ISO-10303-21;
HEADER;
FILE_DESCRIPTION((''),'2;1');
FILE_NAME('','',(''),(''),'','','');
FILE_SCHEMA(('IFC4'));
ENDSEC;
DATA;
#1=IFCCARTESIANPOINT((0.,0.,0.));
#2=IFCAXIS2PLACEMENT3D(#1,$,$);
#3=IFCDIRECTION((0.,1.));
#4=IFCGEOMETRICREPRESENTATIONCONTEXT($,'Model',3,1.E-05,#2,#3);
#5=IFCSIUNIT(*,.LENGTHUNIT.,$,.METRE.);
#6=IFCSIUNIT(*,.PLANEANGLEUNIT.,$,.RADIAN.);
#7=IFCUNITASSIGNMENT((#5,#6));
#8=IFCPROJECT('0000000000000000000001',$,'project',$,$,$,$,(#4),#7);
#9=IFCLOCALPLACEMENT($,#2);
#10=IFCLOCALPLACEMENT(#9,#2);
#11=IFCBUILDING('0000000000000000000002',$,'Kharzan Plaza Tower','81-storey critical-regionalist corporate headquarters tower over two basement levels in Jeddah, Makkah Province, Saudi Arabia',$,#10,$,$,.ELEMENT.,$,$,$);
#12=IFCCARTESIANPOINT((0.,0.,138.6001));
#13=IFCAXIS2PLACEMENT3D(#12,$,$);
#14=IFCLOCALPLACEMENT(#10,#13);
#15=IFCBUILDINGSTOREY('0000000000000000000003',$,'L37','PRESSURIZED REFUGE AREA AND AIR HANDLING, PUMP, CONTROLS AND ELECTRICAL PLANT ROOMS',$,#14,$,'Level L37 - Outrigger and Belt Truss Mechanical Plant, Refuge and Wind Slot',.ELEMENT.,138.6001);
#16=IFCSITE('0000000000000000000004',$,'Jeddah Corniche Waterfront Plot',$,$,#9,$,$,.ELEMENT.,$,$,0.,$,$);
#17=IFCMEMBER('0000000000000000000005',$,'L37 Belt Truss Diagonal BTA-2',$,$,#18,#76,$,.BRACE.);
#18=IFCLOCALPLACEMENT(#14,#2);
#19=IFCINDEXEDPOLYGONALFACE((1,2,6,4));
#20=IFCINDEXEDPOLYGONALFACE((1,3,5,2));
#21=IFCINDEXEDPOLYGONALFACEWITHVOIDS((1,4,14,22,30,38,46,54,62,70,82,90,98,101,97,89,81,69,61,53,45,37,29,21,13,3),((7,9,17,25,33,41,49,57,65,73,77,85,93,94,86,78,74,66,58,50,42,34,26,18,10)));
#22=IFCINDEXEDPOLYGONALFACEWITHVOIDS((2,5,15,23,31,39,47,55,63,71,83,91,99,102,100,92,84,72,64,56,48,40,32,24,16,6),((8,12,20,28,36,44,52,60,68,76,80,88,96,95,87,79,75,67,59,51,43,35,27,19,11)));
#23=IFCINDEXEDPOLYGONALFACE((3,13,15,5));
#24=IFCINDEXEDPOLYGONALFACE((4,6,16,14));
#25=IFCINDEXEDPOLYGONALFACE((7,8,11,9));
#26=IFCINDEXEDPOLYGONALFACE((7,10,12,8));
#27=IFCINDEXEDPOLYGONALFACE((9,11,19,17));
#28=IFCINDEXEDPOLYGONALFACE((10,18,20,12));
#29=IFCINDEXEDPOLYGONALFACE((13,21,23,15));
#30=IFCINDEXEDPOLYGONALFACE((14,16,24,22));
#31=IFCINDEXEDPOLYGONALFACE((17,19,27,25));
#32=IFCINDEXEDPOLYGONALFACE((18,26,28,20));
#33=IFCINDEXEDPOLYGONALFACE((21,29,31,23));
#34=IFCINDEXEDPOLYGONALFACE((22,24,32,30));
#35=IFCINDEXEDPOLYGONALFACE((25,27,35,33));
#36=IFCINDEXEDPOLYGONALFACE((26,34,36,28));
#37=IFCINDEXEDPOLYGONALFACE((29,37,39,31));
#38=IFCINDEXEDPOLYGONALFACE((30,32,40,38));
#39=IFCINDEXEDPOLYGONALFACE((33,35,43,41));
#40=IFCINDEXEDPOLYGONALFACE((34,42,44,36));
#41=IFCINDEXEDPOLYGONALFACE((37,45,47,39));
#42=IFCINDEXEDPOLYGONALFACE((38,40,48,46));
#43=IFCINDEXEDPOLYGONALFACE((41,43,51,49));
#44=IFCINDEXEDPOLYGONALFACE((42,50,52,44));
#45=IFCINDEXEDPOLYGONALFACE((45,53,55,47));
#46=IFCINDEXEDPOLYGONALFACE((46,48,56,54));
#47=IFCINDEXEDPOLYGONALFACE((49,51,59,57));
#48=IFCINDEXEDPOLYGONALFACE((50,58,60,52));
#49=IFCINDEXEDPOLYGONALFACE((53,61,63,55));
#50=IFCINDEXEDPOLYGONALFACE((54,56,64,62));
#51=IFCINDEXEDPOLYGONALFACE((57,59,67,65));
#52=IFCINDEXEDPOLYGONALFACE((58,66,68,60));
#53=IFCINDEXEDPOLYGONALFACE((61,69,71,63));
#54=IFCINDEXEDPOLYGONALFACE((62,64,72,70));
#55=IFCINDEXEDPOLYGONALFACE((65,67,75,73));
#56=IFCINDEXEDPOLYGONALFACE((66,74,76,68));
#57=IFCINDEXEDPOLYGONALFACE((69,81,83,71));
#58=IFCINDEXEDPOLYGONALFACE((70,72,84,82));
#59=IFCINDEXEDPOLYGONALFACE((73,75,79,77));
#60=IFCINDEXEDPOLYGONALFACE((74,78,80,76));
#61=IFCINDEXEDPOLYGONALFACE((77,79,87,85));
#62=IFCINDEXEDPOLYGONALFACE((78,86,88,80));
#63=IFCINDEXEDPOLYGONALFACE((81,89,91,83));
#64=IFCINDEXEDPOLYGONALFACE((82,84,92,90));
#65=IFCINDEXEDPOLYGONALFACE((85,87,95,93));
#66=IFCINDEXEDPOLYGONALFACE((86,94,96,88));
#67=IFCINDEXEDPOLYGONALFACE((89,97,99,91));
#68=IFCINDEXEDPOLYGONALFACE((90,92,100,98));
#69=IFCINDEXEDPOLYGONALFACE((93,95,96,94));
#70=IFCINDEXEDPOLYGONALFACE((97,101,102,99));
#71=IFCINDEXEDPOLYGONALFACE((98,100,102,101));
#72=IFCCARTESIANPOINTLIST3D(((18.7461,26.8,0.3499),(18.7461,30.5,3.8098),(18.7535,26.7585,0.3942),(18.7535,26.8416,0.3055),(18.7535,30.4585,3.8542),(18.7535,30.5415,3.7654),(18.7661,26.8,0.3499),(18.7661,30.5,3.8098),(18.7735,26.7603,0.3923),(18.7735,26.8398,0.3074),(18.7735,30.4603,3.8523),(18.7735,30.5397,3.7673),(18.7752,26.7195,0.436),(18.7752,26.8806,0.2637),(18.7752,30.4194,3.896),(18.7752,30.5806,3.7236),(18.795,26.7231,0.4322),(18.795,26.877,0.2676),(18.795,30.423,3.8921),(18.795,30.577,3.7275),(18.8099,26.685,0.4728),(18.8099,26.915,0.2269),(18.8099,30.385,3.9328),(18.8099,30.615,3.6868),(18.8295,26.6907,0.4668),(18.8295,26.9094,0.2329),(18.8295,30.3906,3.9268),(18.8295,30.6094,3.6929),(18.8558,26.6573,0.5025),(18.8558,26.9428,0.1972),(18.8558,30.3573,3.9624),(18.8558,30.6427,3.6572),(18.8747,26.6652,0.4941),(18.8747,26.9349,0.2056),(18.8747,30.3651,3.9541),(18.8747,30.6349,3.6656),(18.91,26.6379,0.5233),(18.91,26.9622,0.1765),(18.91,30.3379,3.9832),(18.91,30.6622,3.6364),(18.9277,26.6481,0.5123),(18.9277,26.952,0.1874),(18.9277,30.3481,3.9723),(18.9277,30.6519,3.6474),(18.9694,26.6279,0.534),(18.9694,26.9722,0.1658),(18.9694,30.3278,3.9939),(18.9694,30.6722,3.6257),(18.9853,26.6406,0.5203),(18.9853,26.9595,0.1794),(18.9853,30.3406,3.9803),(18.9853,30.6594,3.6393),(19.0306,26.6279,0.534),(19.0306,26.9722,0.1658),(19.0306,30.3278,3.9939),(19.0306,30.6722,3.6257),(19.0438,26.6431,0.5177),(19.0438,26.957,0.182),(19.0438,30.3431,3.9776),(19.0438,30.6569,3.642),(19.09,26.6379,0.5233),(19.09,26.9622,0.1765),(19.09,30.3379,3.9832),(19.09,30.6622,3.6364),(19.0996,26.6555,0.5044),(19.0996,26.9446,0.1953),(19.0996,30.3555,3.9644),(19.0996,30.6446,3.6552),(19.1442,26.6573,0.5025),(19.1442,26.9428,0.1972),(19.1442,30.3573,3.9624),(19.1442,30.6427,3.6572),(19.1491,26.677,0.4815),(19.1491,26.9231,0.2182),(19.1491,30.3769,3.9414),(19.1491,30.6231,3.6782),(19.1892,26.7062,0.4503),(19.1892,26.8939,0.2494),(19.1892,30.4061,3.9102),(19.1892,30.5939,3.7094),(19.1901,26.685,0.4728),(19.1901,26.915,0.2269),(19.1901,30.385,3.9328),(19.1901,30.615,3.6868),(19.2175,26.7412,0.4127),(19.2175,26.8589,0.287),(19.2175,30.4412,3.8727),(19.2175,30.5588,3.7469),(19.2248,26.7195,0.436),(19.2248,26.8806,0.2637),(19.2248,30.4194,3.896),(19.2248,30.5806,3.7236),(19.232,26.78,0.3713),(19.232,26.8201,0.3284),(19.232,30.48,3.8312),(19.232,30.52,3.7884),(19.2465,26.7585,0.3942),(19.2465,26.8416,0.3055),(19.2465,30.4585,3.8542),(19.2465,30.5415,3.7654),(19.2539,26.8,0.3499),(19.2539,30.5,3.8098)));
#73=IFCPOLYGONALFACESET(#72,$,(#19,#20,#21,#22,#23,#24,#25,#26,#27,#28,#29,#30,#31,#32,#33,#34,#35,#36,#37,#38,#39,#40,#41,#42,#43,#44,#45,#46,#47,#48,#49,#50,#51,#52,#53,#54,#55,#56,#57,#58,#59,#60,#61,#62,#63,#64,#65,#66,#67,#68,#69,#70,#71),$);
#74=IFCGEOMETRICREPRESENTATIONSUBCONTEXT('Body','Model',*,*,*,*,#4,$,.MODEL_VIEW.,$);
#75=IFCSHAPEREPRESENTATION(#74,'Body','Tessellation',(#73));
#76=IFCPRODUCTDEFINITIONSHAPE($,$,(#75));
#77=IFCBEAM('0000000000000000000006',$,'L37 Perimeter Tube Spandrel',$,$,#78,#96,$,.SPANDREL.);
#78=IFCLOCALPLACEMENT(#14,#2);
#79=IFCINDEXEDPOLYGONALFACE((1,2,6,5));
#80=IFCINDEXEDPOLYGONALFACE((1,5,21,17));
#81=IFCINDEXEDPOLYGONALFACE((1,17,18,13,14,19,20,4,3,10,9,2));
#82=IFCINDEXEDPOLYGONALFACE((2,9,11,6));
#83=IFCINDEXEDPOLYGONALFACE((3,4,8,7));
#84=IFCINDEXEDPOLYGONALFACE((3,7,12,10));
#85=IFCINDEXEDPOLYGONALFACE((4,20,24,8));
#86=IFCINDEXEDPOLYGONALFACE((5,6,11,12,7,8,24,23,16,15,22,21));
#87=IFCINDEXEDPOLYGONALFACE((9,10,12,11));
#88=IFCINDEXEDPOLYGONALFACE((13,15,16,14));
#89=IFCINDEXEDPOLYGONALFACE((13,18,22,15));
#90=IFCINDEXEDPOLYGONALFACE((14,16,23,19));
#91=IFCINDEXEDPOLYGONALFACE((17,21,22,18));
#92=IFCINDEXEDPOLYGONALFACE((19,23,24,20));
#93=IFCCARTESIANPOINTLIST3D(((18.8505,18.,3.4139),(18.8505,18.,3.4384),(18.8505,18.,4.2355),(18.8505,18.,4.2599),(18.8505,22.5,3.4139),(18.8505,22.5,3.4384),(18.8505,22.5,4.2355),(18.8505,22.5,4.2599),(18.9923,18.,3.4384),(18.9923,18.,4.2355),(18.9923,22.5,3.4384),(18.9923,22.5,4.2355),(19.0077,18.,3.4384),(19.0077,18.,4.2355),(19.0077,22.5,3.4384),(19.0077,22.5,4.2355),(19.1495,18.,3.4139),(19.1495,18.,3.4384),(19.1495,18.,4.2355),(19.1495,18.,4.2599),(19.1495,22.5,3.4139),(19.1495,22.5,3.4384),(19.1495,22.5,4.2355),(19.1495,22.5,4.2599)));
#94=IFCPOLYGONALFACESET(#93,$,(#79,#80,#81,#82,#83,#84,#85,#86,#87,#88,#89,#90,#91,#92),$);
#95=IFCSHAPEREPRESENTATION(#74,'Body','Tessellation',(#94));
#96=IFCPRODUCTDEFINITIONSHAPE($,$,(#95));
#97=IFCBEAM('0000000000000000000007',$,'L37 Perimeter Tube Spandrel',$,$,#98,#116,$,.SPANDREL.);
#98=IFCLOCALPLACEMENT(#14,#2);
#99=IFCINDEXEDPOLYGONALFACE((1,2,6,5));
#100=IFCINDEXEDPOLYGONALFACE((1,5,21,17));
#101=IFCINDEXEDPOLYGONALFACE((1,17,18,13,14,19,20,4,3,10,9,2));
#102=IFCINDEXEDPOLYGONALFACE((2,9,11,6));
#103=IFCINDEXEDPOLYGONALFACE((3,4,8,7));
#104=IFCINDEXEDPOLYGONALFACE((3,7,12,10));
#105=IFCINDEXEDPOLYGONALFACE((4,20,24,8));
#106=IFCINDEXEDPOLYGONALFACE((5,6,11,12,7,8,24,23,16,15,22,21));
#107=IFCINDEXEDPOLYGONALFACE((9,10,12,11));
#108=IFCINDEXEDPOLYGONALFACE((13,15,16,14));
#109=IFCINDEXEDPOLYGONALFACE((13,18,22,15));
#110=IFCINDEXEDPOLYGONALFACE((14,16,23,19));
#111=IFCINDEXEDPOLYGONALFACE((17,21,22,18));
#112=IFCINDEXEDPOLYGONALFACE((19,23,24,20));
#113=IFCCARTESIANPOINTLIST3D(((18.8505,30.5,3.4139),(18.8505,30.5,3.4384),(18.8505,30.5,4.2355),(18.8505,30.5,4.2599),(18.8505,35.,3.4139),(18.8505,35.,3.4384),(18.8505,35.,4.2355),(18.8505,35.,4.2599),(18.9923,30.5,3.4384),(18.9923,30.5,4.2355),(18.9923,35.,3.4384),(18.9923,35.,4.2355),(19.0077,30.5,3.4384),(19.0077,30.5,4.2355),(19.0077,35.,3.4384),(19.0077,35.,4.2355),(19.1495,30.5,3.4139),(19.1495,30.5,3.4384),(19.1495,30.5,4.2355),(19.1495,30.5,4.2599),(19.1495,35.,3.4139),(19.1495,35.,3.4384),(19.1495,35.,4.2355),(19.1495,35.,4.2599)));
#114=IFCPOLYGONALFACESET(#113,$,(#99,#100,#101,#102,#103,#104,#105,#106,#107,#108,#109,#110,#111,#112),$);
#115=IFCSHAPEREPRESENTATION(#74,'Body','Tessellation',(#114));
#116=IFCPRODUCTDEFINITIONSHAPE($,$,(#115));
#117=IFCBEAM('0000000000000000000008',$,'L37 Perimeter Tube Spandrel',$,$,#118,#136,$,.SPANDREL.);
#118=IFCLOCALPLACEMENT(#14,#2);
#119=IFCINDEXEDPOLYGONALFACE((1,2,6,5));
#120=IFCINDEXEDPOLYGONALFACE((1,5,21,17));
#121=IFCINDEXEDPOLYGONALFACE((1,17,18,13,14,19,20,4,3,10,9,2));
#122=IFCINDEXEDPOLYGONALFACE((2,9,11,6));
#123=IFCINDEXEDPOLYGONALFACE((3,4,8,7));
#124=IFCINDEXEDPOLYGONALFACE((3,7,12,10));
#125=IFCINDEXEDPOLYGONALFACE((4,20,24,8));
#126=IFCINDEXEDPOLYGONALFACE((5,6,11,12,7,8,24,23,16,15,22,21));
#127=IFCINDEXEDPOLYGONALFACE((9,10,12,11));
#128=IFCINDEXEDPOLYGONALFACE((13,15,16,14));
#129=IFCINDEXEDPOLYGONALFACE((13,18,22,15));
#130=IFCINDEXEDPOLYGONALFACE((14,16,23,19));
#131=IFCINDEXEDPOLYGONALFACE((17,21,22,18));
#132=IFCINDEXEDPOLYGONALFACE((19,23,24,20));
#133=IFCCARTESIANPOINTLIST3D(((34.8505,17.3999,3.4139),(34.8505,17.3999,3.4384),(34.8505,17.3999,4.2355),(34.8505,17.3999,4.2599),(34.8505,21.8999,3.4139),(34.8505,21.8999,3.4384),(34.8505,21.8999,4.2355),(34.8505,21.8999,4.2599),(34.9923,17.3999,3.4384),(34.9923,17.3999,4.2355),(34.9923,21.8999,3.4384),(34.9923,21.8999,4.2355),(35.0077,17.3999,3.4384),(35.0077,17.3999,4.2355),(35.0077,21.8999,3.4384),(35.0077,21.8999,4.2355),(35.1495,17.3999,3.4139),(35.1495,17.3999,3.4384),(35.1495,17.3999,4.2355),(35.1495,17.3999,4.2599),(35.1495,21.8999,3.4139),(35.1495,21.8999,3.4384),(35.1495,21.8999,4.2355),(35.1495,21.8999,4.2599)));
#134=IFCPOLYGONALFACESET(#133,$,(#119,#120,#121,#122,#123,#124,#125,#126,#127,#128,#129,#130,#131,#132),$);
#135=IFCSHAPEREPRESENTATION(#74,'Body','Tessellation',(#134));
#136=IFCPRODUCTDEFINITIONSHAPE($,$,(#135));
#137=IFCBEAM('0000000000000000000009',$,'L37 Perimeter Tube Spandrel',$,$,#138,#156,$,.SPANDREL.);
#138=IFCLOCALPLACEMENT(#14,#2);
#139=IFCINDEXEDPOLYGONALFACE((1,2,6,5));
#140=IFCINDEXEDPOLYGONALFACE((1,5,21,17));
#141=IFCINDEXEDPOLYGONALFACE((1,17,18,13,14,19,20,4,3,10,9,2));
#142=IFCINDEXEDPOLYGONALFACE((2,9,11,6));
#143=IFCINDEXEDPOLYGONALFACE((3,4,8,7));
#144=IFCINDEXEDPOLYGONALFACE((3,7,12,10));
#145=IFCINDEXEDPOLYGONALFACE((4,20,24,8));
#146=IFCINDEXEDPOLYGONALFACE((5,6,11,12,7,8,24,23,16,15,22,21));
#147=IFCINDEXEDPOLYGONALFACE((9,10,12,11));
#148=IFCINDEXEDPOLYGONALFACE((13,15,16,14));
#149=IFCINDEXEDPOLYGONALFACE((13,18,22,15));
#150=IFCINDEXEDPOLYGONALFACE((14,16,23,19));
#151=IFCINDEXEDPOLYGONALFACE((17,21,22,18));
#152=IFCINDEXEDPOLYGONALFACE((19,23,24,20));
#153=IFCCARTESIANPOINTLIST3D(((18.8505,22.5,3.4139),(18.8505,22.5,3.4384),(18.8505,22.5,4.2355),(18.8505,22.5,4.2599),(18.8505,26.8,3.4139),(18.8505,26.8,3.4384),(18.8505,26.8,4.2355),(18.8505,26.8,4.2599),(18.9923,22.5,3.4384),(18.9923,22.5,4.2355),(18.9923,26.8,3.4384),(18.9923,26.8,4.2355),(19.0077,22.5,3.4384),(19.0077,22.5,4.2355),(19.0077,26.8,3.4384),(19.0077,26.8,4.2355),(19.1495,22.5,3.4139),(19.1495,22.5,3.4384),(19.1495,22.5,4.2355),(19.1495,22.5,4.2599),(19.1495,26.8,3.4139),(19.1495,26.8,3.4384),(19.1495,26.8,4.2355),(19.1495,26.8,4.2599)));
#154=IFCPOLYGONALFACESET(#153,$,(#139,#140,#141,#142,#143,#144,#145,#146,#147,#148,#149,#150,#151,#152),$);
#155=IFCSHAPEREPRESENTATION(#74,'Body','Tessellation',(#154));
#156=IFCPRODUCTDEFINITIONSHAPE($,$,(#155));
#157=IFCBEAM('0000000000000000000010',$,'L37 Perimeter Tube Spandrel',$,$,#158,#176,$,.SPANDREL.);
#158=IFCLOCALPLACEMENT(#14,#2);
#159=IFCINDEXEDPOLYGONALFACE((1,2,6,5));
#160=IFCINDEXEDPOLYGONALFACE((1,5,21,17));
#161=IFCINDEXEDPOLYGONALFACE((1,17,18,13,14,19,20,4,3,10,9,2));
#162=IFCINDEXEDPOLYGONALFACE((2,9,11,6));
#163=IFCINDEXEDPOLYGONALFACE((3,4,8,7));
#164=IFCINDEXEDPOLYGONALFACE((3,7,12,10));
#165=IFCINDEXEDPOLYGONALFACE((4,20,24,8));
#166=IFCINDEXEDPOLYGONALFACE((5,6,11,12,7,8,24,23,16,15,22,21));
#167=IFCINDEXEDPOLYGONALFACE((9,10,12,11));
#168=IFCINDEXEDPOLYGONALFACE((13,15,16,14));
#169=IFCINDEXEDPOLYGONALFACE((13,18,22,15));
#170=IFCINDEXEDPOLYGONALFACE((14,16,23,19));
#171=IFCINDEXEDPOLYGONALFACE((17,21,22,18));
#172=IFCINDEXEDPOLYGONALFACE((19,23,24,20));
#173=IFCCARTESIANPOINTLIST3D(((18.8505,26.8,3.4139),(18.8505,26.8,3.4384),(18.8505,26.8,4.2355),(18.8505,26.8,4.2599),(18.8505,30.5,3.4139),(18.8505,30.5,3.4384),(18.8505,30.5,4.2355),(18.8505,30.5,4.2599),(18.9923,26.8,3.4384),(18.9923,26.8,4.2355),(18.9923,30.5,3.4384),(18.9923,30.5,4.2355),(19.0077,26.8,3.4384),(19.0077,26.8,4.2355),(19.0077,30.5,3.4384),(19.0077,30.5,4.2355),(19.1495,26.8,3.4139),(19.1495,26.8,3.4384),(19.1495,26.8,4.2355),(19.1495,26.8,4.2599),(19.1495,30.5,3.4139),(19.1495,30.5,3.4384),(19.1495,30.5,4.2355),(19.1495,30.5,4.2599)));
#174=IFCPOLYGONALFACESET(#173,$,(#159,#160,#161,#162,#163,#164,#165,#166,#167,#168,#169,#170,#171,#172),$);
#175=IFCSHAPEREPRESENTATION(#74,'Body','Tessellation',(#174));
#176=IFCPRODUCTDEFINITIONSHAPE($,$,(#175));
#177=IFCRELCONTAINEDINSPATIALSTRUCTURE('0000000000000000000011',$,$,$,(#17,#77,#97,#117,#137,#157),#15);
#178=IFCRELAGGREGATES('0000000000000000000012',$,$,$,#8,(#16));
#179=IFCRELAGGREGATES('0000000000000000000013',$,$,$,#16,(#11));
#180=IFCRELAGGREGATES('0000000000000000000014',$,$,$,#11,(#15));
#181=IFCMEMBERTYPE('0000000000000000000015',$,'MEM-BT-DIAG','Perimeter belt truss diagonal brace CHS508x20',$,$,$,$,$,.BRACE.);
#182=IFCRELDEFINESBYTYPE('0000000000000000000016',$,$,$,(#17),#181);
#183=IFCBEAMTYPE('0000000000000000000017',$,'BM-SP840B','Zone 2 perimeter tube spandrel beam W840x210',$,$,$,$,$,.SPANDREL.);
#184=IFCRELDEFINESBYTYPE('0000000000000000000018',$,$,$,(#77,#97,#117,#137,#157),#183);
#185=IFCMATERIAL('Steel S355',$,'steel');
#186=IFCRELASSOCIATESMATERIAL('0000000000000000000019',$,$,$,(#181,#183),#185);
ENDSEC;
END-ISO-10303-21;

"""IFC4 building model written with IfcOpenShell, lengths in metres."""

from ifc_helpers import new_model, si_unit, direction, frame, origin, origin_2d, place, context, subcontext, project, spatial, hollow_circle, i_section, extrude, source, transform, mapped, material, material_profile, profile_set, type_object, element, save


model = new_model("IFC4")

# Units and contexts
model_context = context("Model", 3, precision=1e-05, world=origin(), true_north=direction((0.0, 1.0)))
body_context = subcontext(model_context, "Body", "Model", "MODEL_VIEW")
ifc_project = project(units=[si_unit("LENGTHUNIT", "METRE"), si_unit("PLANEANGLEUNIT", "RADIAN")], contexts=[model_context])

# Site, building, storey
site_placement = place(None, origin())
site = spatial("IfcSite", under=ifc_project, at=site_placement, Name="Jeddah Corniche Waterfront Plot", CompositionType="ELEMENT", RefElevation=0.0)
building_placement = place(site_placement, origin())
building = spatial("IfcBuilding", under=site, at=building_placement, Name="Kharzan Plaza Tower", Description="81-storey critical-regionalist corporate headquarters tower over two basement levels in Jeddah, Makkah Province, Saudi Arabia", CompositionType="ELEMENT")
storey_placement = place(building_placement, frame((0.0, 0.0, 138.6001)))
storey = spatial("IfcBuildingStorey", under=building, at=storey_placement, Name="L37", Description="PRESSURIZED REFUGE AREA AND AIR HANDLING, PUMP, CONTROLS AND ELECTRICAL PLANT ROOMS", LongName="Level L37 - Outrigger and Belt Truss Mechanical Plant, Refuge and Wind Slot", CompositionType="ELEMENT", Elevation=138.6001)

# Shared definitions
ifc_material_1 = material(Name="Steel S355", Category="steel")

# Member
ifc_material_profile_1 = material_profile(ifc_material_1, hollow_circle(Radius=0.2539, WallThickness=0.02, at=origin_2d()), Name="CHS508x20")
ifc_profile_set_1 = profile_set([ifc_material_profile_1], Name="Steel S355")
member_type_1 = type_object("IfcMemberType", Name="MEM-BT-DIAG", Description="Perimeter belt truss diagonal brace CHS508x20", PredefinedType="BRACE", material=ifc_profile_set_1)
shared_shape_1 = source(origin(), body_context, "Body", "SweptSolid", [
    extrude(hollow_circle(Radius=0.2539, WallThickness=0.02, at=origin_2d()), origin(), (0.0, 0.0, 1.0), 5.0657),
])
member_1_placement = place(storey_placement, frame((19.0, 26.8, 0.3499), z_axis=(0.0, 0.730398, 0.683022), x_axis=(-1.0, 0.0, 0.0)))
element("IfcMember", 1, at=member_1_placement, inside=storey, type_object=member_type_1, Name="L37 Belt Truss Diagonal BTA-2", PredefinedType="BRACE", context=body_context, shape_type="MappedRepresentation", body=[
    mapped(shared_shape_1, transform((0.0, 0.0, 0.0), x_axis=(1.0, 0.0, 0.0), y_axis=(0.0, 1.0, 0.0), z_axis=(0.0, 0.0, 1.0))),
])

# Beams
ifc_material_profile_2 = material_profile(ifc_material_1, i_section(OverallWidth=0.2991, OverallDepth=0.8459, WebThickness=0.0154, FlangeThickness=0.0244, at=origin_2d()), Name="W840x210")
ifc_profile_set_2 = profile_set([ifc_material_profile_2], Name="Steel S355")
beam_type_1 = type_object("IfcBeamType", Name="BM-SP840B", Description="Zone 2 perimeter tube spandrel beam W840x210", PredefinedType="SPANDREL", material=ifc_profile_set_2)
shared_shape_2 = source(origin(), body_context, "Body", "SweptSolid", [
    extrude(i_section(OverallWidth=0.2991, OverallDepth=0.8459, WebThickness=0.0154, FlangeThickness=0.0244, at=origin_2d()), origin(), (0.0, 0.0, 1.0), 4.5),
])
for number, where, z_axis, x_axis, name in (
    (2, (19.0, 18.0, 3.8369), (0.0, 1.0, 0.0), (-1.0, 0.0, 0.0), "L37 Perimeter Tube Spandrel"),
    (3, (19.0, 30.5, 3.8369), (0.0, 1.0, 0.0), (-1.0, 0.0, 0.0), "L37 Perimeter Tube Spandrel"),
    (4, (35.0, 17.3999, 3.8369), (0.0, 1.0, 0.0), (-1.0, 0.0, 0.0), "L37 Perimeter Tube Spandrel"),
):
    element("IfcBeam", number, at=place(storey_placement, frame(where, z_axis=z_axis, x_axis=x_axis)), inside=storey, type_object=beam_type_1, Name=name, PredefinedType="SPANDREL", context=body_context, shape_type="MappedRepresentation", body=[
        mapped(shared_shape_2, transform((0.0, 0.0, 0.0), x_axis=(1.0, 0.0, 0.0), y_axis=(0.0, 1.0, 0.0), z_axis=(0.0, 0.0, 1.0))),
    ])
shared_shape_3 = source(origin(), body_context, "Body", "SweptSolid", [
    extrude(i_section(OverallWidth=0.2991, OverallDepth=0.8459, WebThickness=0.0154, FlangeThickness=0.0244, at=origin_2d()), origin(), (0.0, 0.0, 1.0), 4.3),
])
beam_1_placement = place(storey_placement, frame((19.0, 22.5, 3.8369), z_axis=(0.0, 1.0, 0.0), x_axis=(-1.0, 0.0, 0.0)))
element("IfcBeam", 5, at=beam_1_placement, inside=storey, type_object=beam_type_1, Name="L37 Perimeter Tube Spandrel", PredefinedType="SPANDREL", context=body_context, shape_type="MappedRepresentation", body=[
    mapped(shared_shape_3, transform((0.0, 0.0, 0.0), x_axis=(1.0, 0.0, 0.0), y_axis=(0.0, 1.0, 0.0), z_axis=(0.0, 0.0, 1.0))),
])
shared_shape_4 = source(origin(), body_context, "Body", "SweptSolid", [
    extrude(i_section(OverallWidth=0.2991, OverallDepth=0.8459, WebThickness=0.0154, FlangeThickness=0.0244, at=origin_2d()), origin(), (0.0, 0.0, 1.0), 3.7),
])
beam_2_placement = place(storey_placement, frame((19.0, 26.8, 3.8369), z_axis=(0.0, 1.0, 0.0), x_axis=(-1.0, 0.0, 0.0)))
element("IfcBeam", 6, at=beam_2_placement, inside=storey, type_object=beam_type_1, Name="L37 Perimeter Tube Spandrel", PredefinedType="SPANDREL", context=body_context, shape_type="MappedRepresentation", body=[
    mapped(shared_shape_4, transform((0.0, 0.0, 0.0), x_axis=(1.0, 0.0, 0.0), y_axis=(0.0, 1.0, 0.0), z_axis=(0.0, 0.0, 1.0))),
])

save(model, "model.ifc")
